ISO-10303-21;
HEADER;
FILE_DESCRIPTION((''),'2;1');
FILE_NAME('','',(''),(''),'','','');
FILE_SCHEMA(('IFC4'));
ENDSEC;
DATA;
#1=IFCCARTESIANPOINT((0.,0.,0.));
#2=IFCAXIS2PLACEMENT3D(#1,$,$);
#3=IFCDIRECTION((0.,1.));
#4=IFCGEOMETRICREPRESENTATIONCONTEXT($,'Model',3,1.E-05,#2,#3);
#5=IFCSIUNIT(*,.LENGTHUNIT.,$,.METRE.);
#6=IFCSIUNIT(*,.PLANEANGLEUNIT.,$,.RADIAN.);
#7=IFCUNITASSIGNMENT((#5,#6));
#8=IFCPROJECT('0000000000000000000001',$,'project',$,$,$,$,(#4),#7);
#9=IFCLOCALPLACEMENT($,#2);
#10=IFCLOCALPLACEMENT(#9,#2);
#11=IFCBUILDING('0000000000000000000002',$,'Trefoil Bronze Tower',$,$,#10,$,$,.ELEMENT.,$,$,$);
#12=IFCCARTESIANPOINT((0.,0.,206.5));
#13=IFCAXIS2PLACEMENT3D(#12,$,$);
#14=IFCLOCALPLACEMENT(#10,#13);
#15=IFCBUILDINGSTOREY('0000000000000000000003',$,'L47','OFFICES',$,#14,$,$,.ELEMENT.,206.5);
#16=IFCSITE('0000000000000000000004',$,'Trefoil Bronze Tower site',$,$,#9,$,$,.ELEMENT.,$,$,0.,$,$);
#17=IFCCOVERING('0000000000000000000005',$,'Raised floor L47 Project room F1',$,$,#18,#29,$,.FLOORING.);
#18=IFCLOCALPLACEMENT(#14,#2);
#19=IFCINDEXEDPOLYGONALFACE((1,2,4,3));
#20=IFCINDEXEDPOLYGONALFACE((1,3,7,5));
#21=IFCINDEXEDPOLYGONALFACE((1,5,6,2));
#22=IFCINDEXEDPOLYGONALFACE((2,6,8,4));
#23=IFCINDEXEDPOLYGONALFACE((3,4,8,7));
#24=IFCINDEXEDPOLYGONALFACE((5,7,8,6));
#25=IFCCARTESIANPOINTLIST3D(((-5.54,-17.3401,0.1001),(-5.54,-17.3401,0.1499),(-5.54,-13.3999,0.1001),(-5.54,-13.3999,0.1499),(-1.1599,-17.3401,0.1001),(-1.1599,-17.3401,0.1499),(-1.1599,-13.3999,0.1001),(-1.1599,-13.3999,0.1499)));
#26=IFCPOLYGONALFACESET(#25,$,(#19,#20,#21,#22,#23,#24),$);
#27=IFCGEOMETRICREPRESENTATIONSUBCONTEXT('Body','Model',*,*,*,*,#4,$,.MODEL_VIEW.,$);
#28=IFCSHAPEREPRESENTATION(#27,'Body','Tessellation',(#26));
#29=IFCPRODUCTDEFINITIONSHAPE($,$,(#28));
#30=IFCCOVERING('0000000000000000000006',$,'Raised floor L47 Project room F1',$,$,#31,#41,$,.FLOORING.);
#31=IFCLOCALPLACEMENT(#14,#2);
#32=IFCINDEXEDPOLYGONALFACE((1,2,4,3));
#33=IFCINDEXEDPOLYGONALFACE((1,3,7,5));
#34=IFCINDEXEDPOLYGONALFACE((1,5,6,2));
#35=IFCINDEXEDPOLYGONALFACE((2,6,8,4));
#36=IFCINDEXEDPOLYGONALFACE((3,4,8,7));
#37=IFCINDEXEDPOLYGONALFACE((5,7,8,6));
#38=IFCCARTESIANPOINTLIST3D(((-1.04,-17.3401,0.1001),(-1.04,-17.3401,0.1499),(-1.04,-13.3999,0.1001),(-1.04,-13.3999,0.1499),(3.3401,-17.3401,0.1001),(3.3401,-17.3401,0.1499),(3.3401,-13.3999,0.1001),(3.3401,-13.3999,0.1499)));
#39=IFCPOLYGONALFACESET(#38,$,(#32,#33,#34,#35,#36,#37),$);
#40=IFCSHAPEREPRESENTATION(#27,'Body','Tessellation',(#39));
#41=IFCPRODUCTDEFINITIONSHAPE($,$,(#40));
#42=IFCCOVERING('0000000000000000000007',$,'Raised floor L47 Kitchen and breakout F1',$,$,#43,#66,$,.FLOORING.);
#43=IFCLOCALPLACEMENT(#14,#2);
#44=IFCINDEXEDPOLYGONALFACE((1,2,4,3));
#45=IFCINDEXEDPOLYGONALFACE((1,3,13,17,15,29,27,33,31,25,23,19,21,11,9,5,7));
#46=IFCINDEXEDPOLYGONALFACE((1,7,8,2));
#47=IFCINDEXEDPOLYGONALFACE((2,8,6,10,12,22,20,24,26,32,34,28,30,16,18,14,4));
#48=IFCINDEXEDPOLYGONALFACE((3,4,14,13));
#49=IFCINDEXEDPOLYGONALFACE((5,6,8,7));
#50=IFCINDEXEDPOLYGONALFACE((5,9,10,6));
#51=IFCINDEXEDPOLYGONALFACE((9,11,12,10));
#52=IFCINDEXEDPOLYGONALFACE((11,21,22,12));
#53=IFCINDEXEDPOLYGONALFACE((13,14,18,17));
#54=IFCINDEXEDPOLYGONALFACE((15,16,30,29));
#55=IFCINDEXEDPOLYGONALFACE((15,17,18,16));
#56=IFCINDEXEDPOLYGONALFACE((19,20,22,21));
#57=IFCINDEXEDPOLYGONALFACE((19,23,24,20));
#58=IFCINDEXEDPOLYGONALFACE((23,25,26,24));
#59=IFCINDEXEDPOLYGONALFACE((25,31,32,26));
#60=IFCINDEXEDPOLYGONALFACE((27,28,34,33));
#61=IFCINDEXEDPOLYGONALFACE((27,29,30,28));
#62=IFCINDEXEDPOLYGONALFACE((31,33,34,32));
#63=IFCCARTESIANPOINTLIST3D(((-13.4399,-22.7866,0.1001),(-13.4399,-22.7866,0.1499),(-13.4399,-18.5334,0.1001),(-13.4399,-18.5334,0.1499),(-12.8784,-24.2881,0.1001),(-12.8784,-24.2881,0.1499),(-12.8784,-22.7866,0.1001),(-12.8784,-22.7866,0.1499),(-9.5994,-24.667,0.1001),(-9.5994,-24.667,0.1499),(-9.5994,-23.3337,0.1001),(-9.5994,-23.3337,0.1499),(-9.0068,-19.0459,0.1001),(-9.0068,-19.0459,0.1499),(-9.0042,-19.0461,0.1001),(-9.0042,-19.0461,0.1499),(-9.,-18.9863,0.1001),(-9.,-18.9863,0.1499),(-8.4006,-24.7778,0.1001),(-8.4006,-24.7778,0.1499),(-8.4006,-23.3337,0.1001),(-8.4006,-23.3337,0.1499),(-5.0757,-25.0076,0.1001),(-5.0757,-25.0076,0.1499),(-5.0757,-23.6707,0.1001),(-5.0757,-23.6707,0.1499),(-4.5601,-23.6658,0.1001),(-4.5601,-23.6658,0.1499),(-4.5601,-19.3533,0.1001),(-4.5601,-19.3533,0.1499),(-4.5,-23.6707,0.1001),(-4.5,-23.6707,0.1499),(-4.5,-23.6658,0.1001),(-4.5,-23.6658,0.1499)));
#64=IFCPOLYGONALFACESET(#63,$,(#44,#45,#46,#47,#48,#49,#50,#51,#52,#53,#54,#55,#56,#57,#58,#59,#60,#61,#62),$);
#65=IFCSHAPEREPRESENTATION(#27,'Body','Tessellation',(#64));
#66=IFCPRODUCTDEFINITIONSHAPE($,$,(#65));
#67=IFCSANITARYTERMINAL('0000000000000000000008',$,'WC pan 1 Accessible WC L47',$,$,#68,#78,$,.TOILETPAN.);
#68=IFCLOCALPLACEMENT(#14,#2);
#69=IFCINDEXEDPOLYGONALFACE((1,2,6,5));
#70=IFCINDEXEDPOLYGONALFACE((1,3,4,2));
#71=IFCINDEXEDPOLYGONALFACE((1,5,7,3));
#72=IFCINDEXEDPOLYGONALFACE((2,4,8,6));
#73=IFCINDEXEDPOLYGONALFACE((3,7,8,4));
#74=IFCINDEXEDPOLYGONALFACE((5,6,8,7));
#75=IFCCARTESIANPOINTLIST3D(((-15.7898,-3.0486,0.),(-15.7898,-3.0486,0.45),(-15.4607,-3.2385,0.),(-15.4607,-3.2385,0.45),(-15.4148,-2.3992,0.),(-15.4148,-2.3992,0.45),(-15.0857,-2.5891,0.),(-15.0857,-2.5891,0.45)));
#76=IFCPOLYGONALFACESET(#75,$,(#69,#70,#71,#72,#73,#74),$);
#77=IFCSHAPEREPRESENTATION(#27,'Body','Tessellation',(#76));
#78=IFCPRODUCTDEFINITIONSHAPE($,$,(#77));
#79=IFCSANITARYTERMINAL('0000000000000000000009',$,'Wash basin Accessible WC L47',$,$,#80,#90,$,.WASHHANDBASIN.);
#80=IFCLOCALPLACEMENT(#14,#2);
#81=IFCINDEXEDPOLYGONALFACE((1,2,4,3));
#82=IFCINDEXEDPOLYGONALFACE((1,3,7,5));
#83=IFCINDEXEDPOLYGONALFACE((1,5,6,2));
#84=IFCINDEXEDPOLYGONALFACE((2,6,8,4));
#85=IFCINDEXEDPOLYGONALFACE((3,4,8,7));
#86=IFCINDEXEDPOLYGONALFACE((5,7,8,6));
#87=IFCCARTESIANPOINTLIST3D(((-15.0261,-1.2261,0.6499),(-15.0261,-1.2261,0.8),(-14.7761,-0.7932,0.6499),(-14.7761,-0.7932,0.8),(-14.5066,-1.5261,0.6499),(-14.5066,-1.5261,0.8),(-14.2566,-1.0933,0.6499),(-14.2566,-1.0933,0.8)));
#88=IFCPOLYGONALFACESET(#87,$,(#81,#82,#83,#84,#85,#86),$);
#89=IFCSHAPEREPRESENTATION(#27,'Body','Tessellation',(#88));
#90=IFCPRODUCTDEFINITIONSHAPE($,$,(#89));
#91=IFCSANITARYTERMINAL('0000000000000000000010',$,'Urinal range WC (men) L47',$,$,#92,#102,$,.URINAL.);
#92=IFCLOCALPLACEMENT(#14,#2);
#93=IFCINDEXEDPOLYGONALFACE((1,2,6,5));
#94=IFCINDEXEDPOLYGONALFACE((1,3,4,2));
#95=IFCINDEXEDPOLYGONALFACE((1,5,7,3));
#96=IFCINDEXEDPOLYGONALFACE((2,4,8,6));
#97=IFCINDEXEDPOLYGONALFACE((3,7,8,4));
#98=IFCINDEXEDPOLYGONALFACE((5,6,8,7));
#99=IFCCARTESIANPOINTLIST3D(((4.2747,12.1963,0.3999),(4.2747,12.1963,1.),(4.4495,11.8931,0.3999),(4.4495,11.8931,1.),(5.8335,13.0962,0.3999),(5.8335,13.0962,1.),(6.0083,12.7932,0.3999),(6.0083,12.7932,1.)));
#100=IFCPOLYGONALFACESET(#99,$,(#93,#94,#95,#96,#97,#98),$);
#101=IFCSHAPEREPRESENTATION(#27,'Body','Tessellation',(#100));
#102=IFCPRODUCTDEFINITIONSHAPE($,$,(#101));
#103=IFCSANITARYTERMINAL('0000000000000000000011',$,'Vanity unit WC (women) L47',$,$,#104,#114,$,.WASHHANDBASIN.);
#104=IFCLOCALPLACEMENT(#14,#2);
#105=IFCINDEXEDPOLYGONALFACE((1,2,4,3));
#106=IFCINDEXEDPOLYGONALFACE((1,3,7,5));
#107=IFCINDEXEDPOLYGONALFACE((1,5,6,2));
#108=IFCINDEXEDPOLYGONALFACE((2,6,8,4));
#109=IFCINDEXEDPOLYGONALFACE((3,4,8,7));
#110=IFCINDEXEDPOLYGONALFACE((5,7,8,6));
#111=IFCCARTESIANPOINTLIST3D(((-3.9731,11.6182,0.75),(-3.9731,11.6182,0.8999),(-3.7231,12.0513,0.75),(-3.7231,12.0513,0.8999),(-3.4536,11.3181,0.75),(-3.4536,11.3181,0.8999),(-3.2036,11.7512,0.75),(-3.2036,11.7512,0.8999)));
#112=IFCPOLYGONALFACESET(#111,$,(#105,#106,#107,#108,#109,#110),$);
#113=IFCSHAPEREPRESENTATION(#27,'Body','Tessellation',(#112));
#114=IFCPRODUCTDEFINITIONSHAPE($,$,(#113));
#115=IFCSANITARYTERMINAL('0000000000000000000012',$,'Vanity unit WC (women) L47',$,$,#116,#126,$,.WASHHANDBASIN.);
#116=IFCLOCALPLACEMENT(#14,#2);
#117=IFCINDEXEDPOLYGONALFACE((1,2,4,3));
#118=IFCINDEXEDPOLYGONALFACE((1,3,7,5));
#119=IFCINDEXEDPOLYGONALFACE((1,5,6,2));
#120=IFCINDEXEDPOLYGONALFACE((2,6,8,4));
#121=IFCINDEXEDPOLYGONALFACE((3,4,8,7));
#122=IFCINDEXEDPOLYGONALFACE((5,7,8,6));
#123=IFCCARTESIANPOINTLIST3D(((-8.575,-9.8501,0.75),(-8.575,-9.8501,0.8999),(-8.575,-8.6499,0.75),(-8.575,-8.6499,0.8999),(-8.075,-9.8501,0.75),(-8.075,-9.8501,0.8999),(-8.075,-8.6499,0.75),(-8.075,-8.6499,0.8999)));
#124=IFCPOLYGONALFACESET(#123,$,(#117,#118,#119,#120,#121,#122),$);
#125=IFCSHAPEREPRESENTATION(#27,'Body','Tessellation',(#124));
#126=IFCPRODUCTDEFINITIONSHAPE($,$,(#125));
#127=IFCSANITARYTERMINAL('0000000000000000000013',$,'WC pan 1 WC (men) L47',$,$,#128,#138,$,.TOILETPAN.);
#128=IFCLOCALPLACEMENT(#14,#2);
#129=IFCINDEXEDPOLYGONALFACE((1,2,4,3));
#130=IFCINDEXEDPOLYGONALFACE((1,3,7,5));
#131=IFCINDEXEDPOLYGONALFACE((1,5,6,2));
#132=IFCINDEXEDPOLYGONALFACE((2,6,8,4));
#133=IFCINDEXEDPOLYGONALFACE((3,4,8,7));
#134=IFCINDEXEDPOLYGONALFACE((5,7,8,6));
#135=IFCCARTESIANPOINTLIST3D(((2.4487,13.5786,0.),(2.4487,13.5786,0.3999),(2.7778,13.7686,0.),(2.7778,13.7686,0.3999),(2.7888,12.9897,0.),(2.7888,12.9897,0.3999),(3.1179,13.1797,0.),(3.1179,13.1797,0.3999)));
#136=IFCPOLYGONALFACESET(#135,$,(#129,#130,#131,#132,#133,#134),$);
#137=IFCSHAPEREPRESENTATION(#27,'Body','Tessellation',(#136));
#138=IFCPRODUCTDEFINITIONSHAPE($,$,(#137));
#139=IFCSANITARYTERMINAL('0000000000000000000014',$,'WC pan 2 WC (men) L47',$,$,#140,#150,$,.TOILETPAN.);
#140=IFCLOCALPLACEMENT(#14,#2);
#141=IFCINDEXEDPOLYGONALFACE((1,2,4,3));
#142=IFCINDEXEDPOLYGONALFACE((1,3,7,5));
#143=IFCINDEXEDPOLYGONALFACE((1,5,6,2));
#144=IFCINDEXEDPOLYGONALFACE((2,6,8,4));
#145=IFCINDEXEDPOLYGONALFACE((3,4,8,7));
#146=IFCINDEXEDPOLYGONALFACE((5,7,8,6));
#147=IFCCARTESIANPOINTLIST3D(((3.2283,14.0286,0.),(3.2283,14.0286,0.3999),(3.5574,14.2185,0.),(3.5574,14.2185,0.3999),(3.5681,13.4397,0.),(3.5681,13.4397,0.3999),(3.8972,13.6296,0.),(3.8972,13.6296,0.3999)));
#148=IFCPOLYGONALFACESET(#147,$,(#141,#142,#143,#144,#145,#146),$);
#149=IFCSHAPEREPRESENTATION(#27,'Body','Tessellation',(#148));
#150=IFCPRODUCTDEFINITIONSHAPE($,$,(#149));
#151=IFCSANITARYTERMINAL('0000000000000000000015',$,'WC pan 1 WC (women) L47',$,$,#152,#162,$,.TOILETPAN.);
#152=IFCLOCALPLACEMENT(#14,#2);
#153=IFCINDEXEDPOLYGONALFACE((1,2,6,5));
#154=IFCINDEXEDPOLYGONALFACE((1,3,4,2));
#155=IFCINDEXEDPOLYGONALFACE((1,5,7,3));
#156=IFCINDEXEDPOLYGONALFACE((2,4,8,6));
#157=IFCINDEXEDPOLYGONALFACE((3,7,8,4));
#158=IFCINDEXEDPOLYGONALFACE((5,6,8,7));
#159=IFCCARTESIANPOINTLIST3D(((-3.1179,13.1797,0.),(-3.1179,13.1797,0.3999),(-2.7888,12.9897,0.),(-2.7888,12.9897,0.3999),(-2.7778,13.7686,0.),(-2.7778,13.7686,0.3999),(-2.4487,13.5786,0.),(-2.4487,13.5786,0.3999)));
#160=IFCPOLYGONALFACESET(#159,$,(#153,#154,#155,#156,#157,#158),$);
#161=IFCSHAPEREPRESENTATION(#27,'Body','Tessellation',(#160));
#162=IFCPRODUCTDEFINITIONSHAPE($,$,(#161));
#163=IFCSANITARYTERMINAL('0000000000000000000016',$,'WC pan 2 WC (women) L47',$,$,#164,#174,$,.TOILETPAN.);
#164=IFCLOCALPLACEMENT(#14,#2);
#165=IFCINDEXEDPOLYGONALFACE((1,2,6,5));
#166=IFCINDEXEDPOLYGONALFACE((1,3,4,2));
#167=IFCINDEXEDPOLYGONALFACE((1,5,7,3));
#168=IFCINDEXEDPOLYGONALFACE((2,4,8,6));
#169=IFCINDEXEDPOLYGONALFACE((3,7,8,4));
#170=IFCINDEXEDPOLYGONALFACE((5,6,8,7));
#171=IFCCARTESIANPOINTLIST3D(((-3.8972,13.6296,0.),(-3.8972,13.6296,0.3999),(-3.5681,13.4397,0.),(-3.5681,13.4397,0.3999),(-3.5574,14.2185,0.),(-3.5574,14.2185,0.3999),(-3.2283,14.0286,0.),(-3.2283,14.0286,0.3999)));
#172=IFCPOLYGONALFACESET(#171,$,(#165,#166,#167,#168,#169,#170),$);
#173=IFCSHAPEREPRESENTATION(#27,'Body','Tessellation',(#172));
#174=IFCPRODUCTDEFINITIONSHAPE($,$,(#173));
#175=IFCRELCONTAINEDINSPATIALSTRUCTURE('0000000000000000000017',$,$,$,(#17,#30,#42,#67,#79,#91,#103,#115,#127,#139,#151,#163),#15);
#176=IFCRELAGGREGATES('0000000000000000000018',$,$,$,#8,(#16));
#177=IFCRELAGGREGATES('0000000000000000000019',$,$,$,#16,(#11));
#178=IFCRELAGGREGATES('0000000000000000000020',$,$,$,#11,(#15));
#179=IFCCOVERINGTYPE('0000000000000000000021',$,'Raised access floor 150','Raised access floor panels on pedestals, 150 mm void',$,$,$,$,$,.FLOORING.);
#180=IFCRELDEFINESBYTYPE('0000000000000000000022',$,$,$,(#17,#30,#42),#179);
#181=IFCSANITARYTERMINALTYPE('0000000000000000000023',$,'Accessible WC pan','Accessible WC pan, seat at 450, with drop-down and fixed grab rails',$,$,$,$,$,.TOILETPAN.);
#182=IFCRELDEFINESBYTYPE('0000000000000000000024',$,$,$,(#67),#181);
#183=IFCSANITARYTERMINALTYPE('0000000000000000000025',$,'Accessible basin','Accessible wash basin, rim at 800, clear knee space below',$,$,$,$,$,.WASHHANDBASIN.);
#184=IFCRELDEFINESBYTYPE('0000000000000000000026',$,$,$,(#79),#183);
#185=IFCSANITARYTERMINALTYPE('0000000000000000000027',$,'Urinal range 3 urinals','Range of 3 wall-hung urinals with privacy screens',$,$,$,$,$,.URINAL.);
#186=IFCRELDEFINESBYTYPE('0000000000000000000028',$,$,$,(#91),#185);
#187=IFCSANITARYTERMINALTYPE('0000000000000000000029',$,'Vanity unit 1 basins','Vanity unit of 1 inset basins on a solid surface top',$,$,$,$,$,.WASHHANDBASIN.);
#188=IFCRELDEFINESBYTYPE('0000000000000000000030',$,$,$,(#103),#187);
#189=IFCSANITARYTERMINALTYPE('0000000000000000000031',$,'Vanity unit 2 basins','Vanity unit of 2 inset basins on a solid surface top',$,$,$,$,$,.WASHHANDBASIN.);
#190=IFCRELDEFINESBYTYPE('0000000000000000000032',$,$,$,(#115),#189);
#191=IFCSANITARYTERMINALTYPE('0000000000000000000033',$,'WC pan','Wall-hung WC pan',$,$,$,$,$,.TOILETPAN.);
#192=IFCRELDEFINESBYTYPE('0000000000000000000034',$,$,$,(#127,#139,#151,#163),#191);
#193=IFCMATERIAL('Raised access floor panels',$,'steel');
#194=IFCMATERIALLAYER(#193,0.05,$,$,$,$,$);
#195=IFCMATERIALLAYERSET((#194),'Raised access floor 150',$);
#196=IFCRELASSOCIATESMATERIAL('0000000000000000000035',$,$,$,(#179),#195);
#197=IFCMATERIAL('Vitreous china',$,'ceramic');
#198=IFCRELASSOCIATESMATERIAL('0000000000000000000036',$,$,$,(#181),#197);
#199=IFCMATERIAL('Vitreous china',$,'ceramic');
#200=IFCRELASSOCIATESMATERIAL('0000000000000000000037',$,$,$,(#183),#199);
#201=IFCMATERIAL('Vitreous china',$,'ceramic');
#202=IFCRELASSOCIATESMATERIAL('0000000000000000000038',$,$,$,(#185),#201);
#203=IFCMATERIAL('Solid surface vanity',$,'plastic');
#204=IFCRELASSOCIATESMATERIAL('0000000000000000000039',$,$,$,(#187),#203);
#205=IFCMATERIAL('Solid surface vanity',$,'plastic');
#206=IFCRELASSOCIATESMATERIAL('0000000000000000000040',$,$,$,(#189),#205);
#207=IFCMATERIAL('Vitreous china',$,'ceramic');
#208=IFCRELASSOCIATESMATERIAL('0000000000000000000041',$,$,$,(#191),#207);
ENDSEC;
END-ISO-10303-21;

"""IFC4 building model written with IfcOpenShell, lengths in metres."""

from ifc_helpers import new_model, si_unit, direction, frame, origin, place, context, subcontext, project, spatial, polyline, outline, extrude, material, layer, layer_set, type_object, element, save


model = new_model("IFC4")

# Units and contexts
model_context = context("Model", 3, precision=1e-05, world=origin(), true_north=direction((0.0, 1.0)))
body_context = subcontext(model_context, "Body", "Model", "MODEL_VIEW")
ifc_project = project(units=[si_unit("LENGTHUNIT", "METRE"), si_unit("PLANEANGLEUNIT", "RADIAN")], contexts=[model_context])

# Site, building, storey
site_placement = place(None, origin())
site = spatial("IfcSite", under=ifc_project, at=site_placement, Name="Trefoil Bronze Tower site", CompositionType="ELEMENT", RefElevation=0.0)
building_placement = place(site_placement, origin())
building = spatial("IfcBuilding", under=site, at=building_placement, Name="Trefoil Bronze Tower", CompositionType="ELEMENT")
storey_placement = place(building_placement, frame((0.0, 0.0, 206.5)))
storey = spatial("IfcBuildingStorey", under=building, at=storey_placement, Name="L47", Description="OFFICES", CompositionType="ELEMENT", Elevation=206.5)

# Coverings
ifc_material_1 = material(Name="Raised access floor panels", Category="steel")
ifc_layer_1 = layer(ifc_material_1, 0.05)
ifc_layer_set_1 = layer_set([ifc_layer_1], Name="Raised access floor 150")
covering_type_1 = type_object("IfcCoveringType", Name="Raised access floor 150", Description="Raised access floor panels on pedestals, 150 mm void", PredefinedType="FLOORING", material=ifc_layer_set_1)
covering_1_placement = place(storey_placement, frame((0.0, 0.0, 0.1001)))
element("IfcCovering", 1, at=covering_1_placement, inside=storey, type_object=covering_type_1, Name="Raised floor L47 Project room F1", PredefinedType="FLOORING", context=body_context, shape_type="SweptSolid", body=[
    extrude(outline(polyline([(-1.1599, -13.3999), (-1.1599, -17.3401), (-5.54, -17.3401), (-5.54, -13.3999), (-1.1599, -13.3999)])), origin(), (0.0, 0.0, 1.0), 0.0498),
])
covering_2_placement = place(storey_placement, frame((0.0, 0.0, 0.1001)))
element("IfcCovering", 2, at=covering_2_placement, inside=storey, type_object=covering_type_1, Name="Raised floor L47 Project room F1", PredefinedType="FLOORING", context=body_context, shape_type="SweptSolid", body=[
    extrude(outline(polyline([(3.3401, -13.3999), (3.3401, -17.3401), (-1.04, -17.3401), (-1.04, -13.3999), (3.3401, -13.3999)])), origin(), (0.0, 0.0, 1.0), 0.0498),
])
covering_3_placement = place(storey_placement, frame((0.0, 0.0, 0.1001)))
element("IfcCovering", 3, at=covering_3_placement, inside=storey, type_object=covering_type_1, Name="Raised floor L47 Kitchen and breakout F1", PredefinedType="FLOORING", context=body_context, shape_type="SweptSolid", body=[
    extrude(outline(polyline([(-8.4006, -24.7778), (-8.4006, -23.3337), (-9.5994, -23.3337), (-9.5994, -24.667), (-12.8784, -24.2881), (-12.8784, -22.7866), (-13.4399, -22.7866), (-13.4399, -18.5334), (-9.0068, -19.0459), (-9.0, -18.9863), (-9.0042, -19.0461), (-4.5601, -19.3533), (-4.5601, -23.6658), (-4.5, -23.6658), (-4.5, -23.6707), (-5.0757, -23.6707), (-5.0757, -25.0076), (-8.4006, -24.7778)])), origin(), (0.0, 0.0, 1.0), 0.0498),
])

# Sanitary terminals
ifc_material_2 = material(Name="Vitreous china", Category="ceramic")
sanitary_terminal_type_1 = type_object("IfcSanitaryTerminalType", Name="Accessible WC pan", Description="Accessible WC pan, seat at 450, with drop-down and fixed grab rails", PredefinedType="TOILETPAN", material=ifc_material_2)
sanitary_terminal_1_placement = place(storey_placement, origin())
element("IfcSanitaryTerminal", 4, at=sanitary_terminal_1_placement, inside=storey, type_object=sanitary_terminal_type_1, Name="WC pan 1 Accessible WC L47", PredefinedType="TOILETPAN", context=body_context, shape_type="SweptSolid", body=[
    extrude(outline(polyline([(-15.0857, -2.5891), (-15.4607, -3.2385), (-15.7898, -3.0486), (-15.4148, -2.3992), (-15.0857, -2.5891)])), origin(), (0.0, 0.0, 1.0), 0.45),
])
ifc_material_3 = material(Name="Vitreous china", Category="ceramic")
sanitary_terminal_type_2 = type_object("IfcSanitaryTerminalType", Name="Accessible basin", Description="Accessible wash basin, rim at 800, clear knee space below", PredefinedType="WASHHANDBASIN", material=ifc_material_3)
sanitary_terminal_2_placement = place(storey_placement, frame((0.0, 0.0, 0.6499)))
element("IfcSanitaryTerminal", 5, at=sanitary_terminal_2_placement, inside=storey, type_object=sanitary_terminal_type_2, Name="Wash basin Accessible WC L47", PredefinedType="WASHHANDBASIN", context=body_context, shape_type="SweptSolid", body=[
    extrude(outline(polyline([(-14.2566, -1.0933), (-14.5066, -1.5261), (-15.0261, -1.2261), (-14.7761, -0.7932), (-14.2566, -1.0933)])), origin(), (0.0, 0.0, 1.0), 0.1501),
])
ifc_material_4 = material(Name="Vitreous china", Category="ceramic")
sanitary_terminal_type_3 = type_object("IfcSanitaryTerminalType", Name="Urinal range 3 urinals", Description="Range of 3 wall-hung urinals with privacy screens", PredefinedType="URINAL", material=ifc_material_4)
sanitary_terminal_3_placement = place(storey_placement, frame((0.0, 0.0, 0.3999)))
element("IfcSanitaryTerminal", 6, at=sanitary_terminal_3_placement, inside=storey, type_object=sanitary_terminal_type_3, Name="Urinal range WC (men) L47", PredefinedType="URINAL", context=body_context, shape_type="SweptSolid", body=[
    extrude(outline(polyline([(4.4495, 11.8931), (4.2747, 12.1963), (5.8335, 13.0962), (6.0083, 12.7932), (4.4495, 11.8931)])), origin(), (0.0, 0.0, 1.0), 0.6001),
])
ifc_material_5 = material(Name="Solid surface vanity", Category="plastic")
sanitary_terminal_type_4 = type_object("IfcSanitaryTerminalType", Name="Vanity unit 1 basins", Description="Vanity unit of 1 inset basins on a solid surface top", PredefinedType="WASHHANDBASIN", material=ifc_material_5)
sanitary_terminal_4_placement = place(storey_placement, frame((0.0, 0.0, 0.75)))
element("IfcSanitaryTerminal", 7, at=sanitary_terminal_4_placement, inside=storey, type_object=sanitary_terminal_type_4, Name="Vanity unit WC (women) L47", PredefinedType="WASHHANDBASIN", context=body_context, shape_type="SweptSolid", body=[
    extrude(outline(polyline([(-3.4536, 11.3181), (-3.2036, 11.7512), (-3.7231, 12.0513), (-3.9731, 11.6182), (-3.4536, 11.3181)])), origin(), (0.0, 0.0, 1.0), 0.1499),
])
ifc_material_6 = material(Name="Solid surface vanity", Category="plastic")
sanitary_terminal_type_5 = type_object("IfcSanitaryTerminalType", Name="Vanity unit 2 basins", Description="Vanity unit of 2 inset basins on a solid surface top", PredefinedType="WASHHANDBASIN", material=ifc_material_6)
sanitary_terminal_5_placement = place(storey_placement, frame((0.0, 0.0, 0.75)))
element("IfcSanitaryTerminal", 8, at=sanitary_terminal_5_placement, inside=storey, type_object=sanitary_terminal_type_5, Name="Vanity unit WC (women) L47", PredefinedType="WASHHANDBASIN", context=body_context, shape_type="SweptSolid", body=[
    extrude(outline(polyline([(-8.075, -8.6499), (-8.575, -8.6499), (-8.575, -9.8501), (-8.075, -9.8501), (-8.075, -8.6499)])), origin(), (0.0, 0.0, 1.0), 0.1499),
])
ifc_material_7 = material(Name="Vitreous china", Category="ceramic")
sanitary_terminal_type_6 = type_object("IfcSanitaryTerminalType", Name="WC pan", Description="Wall-hung WC pan", PredefinedType="TOILETPAN", material=ifc_material_7)
sanitary_terminal_6_placement = place(storey_placement, origin())
element("IfcSanitaryTerminal", 9, at=sanitary_terminal_6_placement, inside=storey, type_object=sanitary_terminal_type_6, Name="WC pan 1 WC (men) L47", PredefinedType="TOILETPAN", context=body_context, shape_type="SweptSolid", body=[
    extrude(outline(polyline([(2.7888, 12.9897), (2.4487, 13.5786), (2.7778, 13.7686), (3.1179, 13.1797), (2.7888, 12.9897)])), origin(), (0.0, 0.0, 1.0), 0.3999),
])
sanitary_terminal_7_placement = place(storey_placement, origin())
element("IfcSanitaryTerminal", 10, at=sanitary_terminal_7_placement, inside=storey, type_object=sanitary_terminal_type_6, Name="WC pan 2 WC (men) L47", PredefinedType="TOILETPAN", context=body_context, shape_type="SweptSolid", body=[
    extrude(outline(polyline([(3.5681, 13.4397), (3.2283, 14.0286), (3.5574, 14.2185), (3.8972, 13.6296), (3.5681, 13.4397)])), origin(), (0.0, 0.0, 1.0), 0.3999),
])
sanitary_terminal_8_placement = place(storey_placement, origin())
element("IfcSanitaryTerminal", 11, at=sanitary_terminal_8_placement, inside=storey, type_object=sanitary_terminal_type_6, Name="WC pan 1 WC (women) L47", PredefinedType="TOILETPAN", context=body_context, shape_type="SweptSolid", body=[
    extrude(outline(polyline([(-2.7888, 12.9897), (-2.4487, 13.5786), (-2.7778, 13.7686), (-3.1179, 13.1797), (-2.7888, 12.9897)])), origin(), (0.0, 0.0, 1.0), 0.3999),
])
sanitary_terminal_9_placement = place(storey_placement, origin())
element("IfcSanitaryTerminal", 12, at=sanitary_terminal_9_placement, inside=storey, type_object=sanitary_terminal_type_6, Name="WC pan 2 WC (women) L47", PredefinedType="TOILETPAN", context=body_context, shape_type="SweptSolid", body=[
    extrude(outline(polyline([(-3.5681, 13.4397), (-3.2283, 14.0286), (-3.5574, 14.2185), (-3.8972, 13.6296), (-3.5681, 13.4397)])), origin(), (0.0, 0.0, 1.0), 0.3999),
])

save(model, "model.ifc")
